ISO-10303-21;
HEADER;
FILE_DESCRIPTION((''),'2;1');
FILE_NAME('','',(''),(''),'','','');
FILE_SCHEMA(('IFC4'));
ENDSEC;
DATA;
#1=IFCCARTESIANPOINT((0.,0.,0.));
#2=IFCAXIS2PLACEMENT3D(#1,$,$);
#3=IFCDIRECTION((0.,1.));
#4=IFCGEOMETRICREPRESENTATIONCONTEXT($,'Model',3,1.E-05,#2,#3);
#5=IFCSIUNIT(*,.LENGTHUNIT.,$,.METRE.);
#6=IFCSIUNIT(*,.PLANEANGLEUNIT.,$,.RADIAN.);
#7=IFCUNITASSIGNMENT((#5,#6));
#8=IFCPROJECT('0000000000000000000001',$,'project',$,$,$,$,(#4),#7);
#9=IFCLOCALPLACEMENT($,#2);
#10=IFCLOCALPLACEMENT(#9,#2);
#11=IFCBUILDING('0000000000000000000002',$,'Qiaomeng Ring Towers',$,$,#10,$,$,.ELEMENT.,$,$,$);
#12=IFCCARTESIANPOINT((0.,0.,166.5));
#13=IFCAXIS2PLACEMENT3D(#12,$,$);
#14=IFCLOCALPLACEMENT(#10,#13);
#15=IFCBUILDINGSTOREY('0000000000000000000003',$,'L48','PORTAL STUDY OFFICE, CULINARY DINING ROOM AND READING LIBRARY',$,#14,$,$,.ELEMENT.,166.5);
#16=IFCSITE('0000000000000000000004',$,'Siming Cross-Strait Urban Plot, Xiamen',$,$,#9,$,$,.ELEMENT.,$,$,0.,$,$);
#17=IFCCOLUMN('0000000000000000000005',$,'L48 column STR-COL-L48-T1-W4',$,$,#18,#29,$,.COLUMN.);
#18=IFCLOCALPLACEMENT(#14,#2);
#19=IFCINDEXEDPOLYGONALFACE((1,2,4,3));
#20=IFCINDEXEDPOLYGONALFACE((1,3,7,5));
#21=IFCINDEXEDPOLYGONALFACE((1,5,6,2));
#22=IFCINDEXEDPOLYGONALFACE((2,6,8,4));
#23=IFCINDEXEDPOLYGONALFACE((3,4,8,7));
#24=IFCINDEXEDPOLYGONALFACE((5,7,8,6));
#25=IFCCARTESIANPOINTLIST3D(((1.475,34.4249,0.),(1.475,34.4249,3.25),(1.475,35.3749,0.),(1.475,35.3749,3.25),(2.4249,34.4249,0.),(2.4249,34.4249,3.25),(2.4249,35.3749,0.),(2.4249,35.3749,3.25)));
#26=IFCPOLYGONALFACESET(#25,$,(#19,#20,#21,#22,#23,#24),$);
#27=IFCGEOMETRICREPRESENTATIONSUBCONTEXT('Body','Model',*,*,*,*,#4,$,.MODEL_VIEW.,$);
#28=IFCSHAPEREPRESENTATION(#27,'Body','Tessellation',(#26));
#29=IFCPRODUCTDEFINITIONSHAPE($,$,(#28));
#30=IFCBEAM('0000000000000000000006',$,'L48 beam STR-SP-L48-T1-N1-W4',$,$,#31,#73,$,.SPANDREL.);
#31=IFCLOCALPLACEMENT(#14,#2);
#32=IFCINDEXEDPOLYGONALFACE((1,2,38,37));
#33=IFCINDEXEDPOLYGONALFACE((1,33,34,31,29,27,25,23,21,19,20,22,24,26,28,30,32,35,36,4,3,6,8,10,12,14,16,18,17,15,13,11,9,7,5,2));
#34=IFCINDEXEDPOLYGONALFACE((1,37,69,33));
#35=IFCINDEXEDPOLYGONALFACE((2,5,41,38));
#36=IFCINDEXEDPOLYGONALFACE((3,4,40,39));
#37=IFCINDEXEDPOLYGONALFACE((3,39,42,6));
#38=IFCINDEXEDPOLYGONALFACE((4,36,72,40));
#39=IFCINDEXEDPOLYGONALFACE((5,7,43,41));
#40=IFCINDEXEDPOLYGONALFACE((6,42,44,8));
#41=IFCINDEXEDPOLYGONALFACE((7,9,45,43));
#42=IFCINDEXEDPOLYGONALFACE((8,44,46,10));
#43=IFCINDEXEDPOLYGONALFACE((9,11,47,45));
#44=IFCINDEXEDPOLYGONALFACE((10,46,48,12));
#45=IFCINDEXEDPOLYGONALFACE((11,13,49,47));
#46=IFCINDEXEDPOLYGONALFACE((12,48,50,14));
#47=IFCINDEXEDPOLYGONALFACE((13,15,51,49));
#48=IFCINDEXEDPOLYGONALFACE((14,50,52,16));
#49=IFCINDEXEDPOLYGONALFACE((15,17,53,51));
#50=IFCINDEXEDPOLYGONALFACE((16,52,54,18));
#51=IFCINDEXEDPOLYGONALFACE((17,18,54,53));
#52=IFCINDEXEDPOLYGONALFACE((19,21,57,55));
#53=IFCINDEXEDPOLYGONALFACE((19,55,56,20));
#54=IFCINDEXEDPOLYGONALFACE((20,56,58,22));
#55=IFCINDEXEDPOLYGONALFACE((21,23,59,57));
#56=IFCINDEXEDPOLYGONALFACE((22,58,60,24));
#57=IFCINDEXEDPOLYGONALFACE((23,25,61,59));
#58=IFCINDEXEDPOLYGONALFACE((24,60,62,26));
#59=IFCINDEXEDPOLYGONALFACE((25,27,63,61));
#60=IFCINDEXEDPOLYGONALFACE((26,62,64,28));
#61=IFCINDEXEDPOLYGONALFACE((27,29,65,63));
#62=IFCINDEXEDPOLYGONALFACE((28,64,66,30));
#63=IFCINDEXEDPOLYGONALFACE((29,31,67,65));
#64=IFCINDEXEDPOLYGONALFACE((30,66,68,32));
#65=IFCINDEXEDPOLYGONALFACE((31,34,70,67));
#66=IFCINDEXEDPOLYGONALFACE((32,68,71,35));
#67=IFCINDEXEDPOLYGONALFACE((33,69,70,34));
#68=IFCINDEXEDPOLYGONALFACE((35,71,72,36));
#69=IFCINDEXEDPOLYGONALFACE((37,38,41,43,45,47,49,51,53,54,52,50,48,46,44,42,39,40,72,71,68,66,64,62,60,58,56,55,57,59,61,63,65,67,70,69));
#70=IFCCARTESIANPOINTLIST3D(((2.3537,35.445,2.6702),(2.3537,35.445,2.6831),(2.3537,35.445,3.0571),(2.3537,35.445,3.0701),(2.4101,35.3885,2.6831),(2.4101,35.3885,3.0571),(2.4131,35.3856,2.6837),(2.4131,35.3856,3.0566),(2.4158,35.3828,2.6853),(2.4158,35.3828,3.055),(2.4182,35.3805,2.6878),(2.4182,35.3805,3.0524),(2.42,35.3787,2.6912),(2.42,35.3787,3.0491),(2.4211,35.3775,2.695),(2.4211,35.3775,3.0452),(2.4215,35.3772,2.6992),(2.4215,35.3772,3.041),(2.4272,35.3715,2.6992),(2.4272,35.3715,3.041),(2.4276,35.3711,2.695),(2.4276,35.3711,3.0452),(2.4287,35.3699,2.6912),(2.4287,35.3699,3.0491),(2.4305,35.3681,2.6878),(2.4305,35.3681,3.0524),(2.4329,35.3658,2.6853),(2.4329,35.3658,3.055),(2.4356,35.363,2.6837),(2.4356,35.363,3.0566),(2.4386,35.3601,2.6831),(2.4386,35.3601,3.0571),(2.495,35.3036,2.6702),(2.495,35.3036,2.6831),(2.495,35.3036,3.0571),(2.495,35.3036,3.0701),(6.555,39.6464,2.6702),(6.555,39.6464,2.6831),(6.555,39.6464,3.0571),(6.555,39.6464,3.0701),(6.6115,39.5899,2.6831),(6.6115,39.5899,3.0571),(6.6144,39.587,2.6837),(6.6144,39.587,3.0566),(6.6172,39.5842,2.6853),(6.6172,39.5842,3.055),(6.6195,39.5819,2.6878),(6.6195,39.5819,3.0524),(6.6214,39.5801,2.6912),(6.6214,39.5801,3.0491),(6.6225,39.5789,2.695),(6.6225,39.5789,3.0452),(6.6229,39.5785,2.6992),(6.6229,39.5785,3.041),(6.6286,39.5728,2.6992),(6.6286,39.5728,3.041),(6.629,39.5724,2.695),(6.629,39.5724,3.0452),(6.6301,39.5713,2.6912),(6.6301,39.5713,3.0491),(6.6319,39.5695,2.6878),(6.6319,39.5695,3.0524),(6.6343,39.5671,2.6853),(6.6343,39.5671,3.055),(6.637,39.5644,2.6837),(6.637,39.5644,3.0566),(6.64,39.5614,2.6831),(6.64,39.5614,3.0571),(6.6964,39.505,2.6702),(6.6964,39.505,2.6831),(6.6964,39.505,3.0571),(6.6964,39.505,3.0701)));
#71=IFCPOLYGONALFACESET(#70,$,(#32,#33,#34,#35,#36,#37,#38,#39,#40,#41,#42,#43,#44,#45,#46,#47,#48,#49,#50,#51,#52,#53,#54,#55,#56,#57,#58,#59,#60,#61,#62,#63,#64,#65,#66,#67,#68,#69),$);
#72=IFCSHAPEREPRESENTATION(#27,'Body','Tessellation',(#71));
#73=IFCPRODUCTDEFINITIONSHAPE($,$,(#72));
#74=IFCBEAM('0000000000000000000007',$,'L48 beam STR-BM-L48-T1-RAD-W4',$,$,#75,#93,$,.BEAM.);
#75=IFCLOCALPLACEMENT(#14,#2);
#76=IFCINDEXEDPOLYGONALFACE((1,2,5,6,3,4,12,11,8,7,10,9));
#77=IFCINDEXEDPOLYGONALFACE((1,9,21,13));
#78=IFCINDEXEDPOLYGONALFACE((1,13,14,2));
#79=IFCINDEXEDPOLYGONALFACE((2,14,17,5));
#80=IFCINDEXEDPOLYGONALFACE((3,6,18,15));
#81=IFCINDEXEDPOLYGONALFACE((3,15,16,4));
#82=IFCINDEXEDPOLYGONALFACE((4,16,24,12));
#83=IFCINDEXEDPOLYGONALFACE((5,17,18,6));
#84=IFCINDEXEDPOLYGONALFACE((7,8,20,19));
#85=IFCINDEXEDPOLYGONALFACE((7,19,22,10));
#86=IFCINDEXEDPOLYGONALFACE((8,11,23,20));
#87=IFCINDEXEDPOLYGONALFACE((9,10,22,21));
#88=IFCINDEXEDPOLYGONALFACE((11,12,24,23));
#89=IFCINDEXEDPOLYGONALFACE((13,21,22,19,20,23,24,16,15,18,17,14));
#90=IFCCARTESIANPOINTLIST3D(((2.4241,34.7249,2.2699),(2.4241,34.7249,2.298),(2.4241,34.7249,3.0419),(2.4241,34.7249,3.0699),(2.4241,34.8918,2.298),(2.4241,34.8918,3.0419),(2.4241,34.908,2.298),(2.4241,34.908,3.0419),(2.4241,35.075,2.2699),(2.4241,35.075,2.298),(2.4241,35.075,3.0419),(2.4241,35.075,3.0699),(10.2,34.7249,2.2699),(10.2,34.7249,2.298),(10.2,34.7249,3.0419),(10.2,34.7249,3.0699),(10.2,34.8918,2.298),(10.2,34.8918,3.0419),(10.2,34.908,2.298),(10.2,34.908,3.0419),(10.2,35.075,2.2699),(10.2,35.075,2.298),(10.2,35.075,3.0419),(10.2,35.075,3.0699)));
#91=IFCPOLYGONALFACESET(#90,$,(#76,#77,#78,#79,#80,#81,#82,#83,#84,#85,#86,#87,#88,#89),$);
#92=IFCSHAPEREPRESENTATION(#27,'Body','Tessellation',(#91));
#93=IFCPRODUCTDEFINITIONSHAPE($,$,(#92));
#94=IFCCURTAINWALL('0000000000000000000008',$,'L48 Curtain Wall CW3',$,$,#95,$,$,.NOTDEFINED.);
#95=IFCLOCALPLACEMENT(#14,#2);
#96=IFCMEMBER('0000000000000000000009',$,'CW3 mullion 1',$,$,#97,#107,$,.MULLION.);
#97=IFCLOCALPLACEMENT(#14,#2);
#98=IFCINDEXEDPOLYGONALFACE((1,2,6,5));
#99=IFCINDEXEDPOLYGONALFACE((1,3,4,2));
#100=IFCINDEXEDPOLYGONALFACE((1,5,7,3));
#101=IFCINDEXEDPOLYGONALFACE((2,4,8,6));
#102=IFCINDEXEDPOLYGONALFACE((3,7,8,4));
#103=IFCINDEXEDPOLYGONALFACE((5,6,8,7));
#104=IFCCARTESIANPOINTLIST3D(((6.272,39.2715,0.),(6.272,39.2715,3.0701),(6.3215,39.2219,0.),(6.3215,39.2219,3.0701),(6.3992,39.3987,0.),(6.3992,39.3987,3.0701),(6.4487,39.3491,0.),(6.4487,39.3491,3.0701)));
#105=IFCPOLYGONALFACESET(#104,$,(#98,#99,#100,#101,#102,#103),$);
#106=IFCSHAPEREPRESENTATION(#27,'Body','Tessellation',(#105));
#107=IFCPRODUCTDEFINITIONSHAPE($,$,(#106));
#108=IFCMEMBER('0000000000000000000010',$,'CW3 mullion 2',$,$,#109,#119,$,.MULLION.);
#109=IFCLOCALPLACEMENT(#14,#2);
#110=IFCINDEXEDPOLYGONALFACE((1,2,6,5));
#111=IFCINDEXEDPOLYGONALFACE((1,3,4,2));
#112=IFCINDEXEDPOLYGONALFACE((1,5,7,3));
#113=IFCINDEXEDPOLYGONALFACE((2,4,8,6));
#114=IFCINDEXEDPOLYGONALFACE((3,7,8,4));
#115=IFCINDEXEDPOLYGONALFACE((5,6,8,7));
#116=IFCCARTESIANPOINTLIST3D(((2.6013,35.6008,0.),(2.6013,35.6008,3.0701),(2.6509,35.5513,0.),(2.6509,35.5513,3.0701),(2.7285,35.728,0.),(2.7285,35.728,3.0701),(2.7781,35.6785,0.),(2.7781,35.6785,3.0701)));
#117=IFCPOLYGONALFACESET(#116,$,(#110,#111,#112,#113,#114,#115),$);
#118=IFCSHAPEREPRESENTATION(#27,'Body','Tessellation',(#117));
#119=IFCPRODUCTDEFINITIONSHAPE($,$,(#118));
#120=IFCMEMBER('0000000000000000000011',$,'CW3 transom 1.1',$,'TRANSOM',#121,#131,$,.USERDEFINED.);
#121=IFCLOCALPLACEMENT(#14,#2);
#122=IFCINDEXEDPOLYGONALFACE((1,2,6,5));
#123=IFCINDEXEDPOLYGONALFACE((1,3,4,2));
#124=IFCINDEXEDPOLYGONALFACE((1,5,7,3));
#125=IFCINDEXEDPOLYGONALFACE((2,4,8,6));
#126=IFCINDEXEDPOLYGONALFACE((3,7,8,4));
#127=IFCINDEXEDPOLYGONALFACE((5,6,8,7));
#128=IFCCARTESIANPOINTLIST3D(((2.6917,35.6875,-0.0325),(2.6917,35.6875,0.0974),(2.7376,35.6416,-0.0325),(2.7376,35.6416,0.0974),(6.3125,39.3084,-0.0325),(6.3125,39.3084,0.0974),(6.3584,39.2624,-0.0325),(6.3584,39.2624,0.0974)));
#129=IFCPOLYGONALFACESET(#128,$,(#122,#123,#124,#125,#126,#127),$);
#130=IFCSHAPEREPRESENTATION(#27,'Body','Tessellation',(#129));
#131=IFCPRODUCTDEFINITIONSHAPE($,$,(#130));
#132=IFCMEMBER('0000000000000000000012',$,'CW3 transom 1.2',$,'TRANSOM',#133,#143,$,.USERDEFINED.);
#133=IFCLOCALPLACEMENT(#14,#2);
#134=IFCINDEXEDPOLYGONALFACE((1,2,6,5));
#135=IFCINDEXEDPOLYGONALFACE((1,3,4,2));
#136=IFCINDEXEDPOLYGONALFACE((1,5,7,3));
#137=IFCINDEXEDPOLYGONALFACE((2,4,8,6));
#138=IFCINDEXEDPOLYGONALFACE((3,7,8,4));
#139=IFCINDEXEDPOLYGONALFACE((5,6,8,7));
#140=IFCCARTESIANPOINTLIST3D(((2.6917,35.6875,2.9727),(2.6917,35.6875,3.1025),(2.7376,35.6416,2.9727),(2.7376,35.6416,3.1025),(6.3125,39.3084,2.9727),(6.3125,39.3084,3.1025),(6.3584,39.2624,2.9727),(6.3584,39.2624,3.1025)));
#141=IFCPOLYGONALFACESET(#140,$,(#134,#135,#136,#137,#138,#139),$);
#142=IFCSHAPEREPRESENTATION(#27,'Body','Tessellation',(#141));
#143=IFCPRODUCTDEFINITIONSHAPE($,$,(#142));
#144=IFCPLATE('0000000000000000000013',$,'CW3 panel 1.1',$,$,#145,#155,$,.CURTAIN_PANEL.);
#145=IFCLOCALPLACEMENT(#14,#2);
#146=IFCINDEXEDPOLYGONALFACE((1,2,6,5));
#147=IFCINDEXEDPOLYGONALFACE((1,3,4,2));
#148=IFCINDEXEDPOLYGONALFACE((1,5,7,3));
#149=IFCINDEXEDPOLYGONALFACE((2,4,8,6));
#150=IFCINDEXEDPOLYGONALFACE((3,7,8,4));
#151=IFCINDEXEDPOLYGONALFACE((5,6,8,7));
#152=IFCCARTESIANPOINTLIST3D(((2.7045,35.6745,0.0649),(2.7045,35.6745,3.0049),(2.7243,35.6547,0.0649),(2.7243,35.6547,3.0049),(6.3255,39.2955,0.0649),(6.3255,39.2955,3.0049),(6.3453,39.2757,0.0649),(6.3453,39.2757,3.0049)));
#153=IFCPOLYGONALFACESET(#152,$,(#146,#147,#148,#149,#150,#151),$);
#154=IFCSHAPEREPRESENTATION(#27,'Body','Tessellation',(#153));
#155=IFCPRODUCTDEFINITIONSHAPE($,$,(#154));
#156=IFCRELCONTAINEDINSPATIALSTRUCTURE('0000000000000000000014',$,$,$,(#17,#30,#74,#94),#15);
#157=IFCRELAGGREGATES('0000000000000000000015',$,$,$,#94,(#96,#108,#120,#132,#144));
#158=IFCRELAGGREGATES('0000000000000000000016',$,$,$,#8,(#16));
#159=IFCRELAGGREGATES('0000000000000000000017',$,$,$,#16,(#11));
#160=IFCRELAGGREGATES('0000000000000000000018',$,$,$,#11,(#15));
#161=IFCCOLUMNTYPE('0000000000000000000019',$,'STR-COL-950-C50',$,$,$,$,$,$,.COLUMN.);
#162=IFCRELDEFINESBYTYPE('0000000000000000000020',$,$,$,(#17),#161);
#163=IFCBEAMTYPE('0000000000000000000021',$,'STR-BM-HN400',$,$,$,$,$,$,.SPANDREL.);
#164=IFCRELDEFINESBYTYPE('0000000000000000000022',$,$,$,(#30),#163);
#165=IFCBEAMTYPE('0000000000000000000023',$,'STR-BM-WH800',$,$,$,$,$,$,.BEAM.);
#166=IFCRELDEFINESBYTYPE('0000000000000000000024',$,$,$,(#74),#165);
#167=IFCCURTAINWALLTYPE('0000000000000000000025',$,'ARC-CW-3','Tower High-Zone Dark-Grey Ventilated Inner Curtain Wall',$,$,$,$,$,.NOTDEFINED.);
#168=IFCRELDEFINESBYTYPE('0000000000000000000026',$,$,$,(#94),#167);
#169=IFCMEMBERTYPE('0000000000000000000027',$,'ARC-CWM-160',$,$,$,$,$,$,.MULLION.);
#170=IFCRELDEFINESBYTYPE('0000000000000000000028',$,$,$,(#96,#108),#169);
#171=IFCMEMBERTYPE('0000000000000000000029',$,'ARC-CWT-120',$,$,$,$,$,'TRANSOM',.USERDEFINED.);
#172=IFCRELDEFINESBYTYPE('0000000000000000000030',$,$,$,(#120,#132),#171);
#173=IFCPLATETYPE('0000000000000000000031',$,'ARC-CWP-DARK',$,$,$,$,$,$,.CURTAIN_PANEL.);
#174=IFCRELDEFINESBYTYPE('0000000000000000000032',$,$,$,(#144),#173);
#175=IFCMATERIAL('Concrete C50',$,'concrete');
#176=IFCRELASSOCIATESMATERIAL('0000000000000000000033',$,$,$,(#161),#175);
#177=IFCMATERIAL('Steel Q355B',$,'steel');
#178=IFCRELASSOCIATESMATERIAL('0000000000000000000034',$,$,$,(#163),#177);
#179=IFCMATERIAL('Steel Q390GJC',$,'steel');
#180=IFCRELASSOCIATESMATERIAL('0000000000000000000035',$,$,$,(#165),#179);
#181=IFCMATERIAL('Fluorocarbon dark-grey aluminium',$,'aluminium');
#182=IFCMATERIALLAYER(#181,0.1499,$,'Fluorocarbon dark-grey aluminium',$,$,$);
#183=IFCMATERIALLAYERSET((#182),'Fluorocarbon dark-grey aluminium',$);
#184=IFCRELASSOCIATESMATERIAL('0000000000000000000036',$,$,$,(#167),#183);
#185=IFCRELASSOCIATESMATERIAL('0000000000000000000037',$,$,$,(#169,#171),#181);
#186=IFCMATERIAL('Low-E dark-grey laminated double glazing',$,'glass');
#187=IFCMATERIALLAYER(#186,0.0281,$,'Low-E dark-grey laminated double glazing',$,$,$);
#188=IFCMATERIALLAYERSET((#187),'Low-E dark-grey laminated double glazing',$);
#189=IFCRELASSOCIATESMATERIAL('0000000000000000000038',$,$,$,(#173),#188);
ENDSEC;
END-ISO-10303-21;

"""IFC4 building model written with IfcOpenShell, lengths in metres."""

from ifc_helpers import new_model, si_unit, direction, frame, origin, origin_2d, place, context, subcontext, project, spatial, rectangle, i_section, extrude, source, transform, mapped, material, layer, layer_set, material_profile, profile_set, type_object, element, aggregate, save


model = new_model("IFC4")

# Units and contexts
model_context = context("Model", 3, precision=1e-05, world=origin(), true_north=direction((0.0, 1.0)))
body_context = subcontext(model_context, "Body", "Model", "MODEL_VIEW")
ifc_project = project(units=[si_unit("LENGTHUNIT", "METRE"), si_unit("PLANEANGLEUNIT", "RADIAN")], contexts=[model_context])

# Site, building, storey
site_placement = place(None, origin())
site = spatial("IfcSite", under=ifc_project, at=site_placement, Name="Siming Cross-Strait Urban Plot, Xiamen", CompositionType="ELEMENT", RefElevation=0.0)
building_placement = place(site_placement, origin())
building = spatial("IfcBuilding", under=site, at=building_placement, Name="Qiaomeng Ring Towers", CompositionType="ELEMENT")
storey_placement = place(building_placement, frame((0.0, 0.0, 166.5)))
storey = spatial("IfcBuildingStorey", under=building, at=storey_placement, Name="L48", Description="PORTAL STUDY OFFICE, CULINARY DINING ROOM AND READING LIBRARY", CompositionType="ELEMENT", Elevation=166.5)

# Column
ifc_material_1 = material(Name="Concrete C50", Category="concrete")
ifc_material_profile_1 = material_profile(ifc_material_1, rectangle(XDim=0.95, YDim=0.95, at=origin_2d()), Name="RC COL 950x950")
ifc_profile_set_1 = profile_set([ifc_material_profile_1], Name="Concrete C50")
column_type = type_object("IfcColumnType", Name="STR-COL-950-C50", PredefinedType="COLUMN", material=ifc_profile_set_1)
shared_shape_1 = source(origin(), body_context, "Body", "SweptSolid", [
    extrude(rectangle(XDim=0.95, YDim=0.95, at=origin_2d()), origin(), (0.0, 0.0, 1.0), 3.25),
])
column_placement = place(storey_placement, frame((1.95, 34.8999, 0.0), z_axis=(0.0, 0.0, 1.0), x_axis=(1.0, 0.0, 0.0)))
element("IfcColumn", 1, at=column_placement, inside=storey, type_object=column_type, Name="L48 column STR-COL-L48-T1-W4", PredefinedType="COLUMN", context=body_context, shape_type="MappedRepresentation", body=[
    mapped(shared_shape_1, transform((0.0, 0.0, 0.0), x_axis=(1.0, 0.0, 0.0), y_axis=(0.0, 1.0, 0.0), z_axis=(0.0, 0.0, 1.0), scale=1.0)),
])

# Beams
ifc_material_2 = material(Name="Steel Q355B", Category="steel")
ifc_material_profile_2 = material_profile(ifc_material_2, i_section(OverallWidth=0.2, OverallDepth=0.3999, WebThickness=0.0081, FlangeThickness=0.0129, FilletRadius=0.0161, at=origin_2d()), Name="HN 400x200x8x13")
ifc_profile_set_2 = profile_set([ifc_material_profile_2], Name="Steel Q355B")
beam_type_1 = type_object("IfcBeamType", Name="STR-BM-HN400", PredefinedType="SPANDREL", material=ifc_profile_set_2)
shared_shape_2 = source(origin(), body_context, "Body", "SweptSolid", [
    extrude(i_section(OverallWidth=0.2, OverallDepth=0.3999, WebThickness=0.0081, FlangeThickness=0.0129, FilletRadius=0.0161, at=origin_2d()), origin(), (0.0, 0.0, 1.0), 5.9417),
])
beam_1_placement = place(storey_placement, frame((6.6257, 39.5757, 2.8701), z_axis=(-0.707107, -0.707107, 0.0), x_axis=(0.707107, -0.707107, 0.0)))
element("IfcBeam", 2, at=beam_1_placement, inside=storey, type_object=beam_type_1, Name="L48 beam STR-SP-L48-T1-N1-W4", PredefinedType="SPANDREL", context=body_context, shape_type="MappedRepresentation", body=[
    mapped(shared_shape_2, transform((0.0, 0.0, 0.0), x_axis=(1.0, 0.0, 0.0), y_axis=(0.0, 1.0, 0.0), z_axis=(0.0, 0.0, 1.0), scale=1.0)),
])
ifc_material_3 = material(Name="Steel Q390GJC", Category="steel")
ifc_material_profile_3 = material_profile(ifc_material_3, i_section(OverallWidth=0.3501, OverallDepth=0.8, WebThickness=0.0161, FlangeThickness=0.0281, at=origin_2d()), Name="WH 800x350x16x28")
ifc_profile_set_3 = profile_set([ifc_material_profile_3], Name="Steel Q390GJC")
beam_type_2 = type_object("IfcBeamType", Name="STR-BM-WH800", PredefinedType="BEAM", material=ifc_profile_set_3)
shared_shape_3 = source(origin(), body_context, "Body", "SweptSolid", [
    extrude(i_section(OverallWidth=0.3501, OverallDepth=0.8, WebThickness=0.0161, FlangeThickness=0.0281, at=origin_2d()), origin(), (0.0, 0.0, 1.0), 7.7759),
])
beam_2_placement = place(storey_placement, frame((2.4241, 34.8999, 2.6699), z_axis=(1.0, 0.0, 0.0), x_axis=(0.0, 1.0, 0.0)))
element("IfcBeam", 3, at=beam_2_placement, inside=storey, type_object=beam_type_2, Name="L48 beam STR-BM-L48-T1-RAD-W4", PredefinedType="BEAM", context=body_context, shape_type="MappedRepresentation", body=[
    mapped(shared_shape_3, transform((0.0, 0.0, 0.0), x_axis=(1.0, 0.0, 0.0), y_axis=(0.0, 1.0, 0.0), z_axis=(0.0, 0.0, 1.0), scale=1.0)),
])

# Curtain wall, members, plate
ifc_material_4 = material(Name="Fluorocarbon dark-grey aluminium", Category="aluminium")
ifc_layer_1 = layer(ifc_material_4, 0.1499, Name="Fluorocarbon dark-grey aluminium")
ifc_layer_set_1 = layer_set([ifc_layer_1], Name="Fluorocarbon dark-grey aluminium")
curtain_wall_type = type_object("IfcCurtainWallType", Name="ARC-CW-3", Description="Tower High-Zone Dark-Grey Ventilated Inner Curtain Wall", PredefinedType="NOTDEFINED", material=ifc_layer_set_1)
curtain_wall_placement = place(storey_placement, origin())
curtain_wall = element("IfcCurtainWall", 4, at=curtain_wall_placement, inside=storey, type_object=curtain_wall_type, Name="L48 Curtain Wall CW3", PredefinedType="NOTDEFINED")
ifc_material_profile_4 = material_profile(ifc_material_4, rectangle(XDim=0.0701, YDim=0.1799, at=origin_2d()), Name="ALU MULL 70x180")
ifc_profile_set_4 = profile_set([ifc_material_profile_4], Name="Fluorocarbon dark-grey aluminium")
member_type_1 = type_object("IfcMemberType", Name="ARC-CWM-160", PredefinedType="MULLION", material=ifc_profile_set_4)
shared_shape_4 = source(origin(), body_context, "Body", "SweptSolid", [
    extrude(rectangle(XDim=0.0701, YDim=0.1799, at=origin_2d()), origin(), (0.0, 0.0, 1.0), 3.0701),
])
member_1_placement = place(storey_placement, frame((6.3604, 39.3103, 0.0), z_axis=(0.0, 0.0, 1.0), x_axis=(0.707107, -0.707107, 0.0)))
member_1 = element("IfcMember", 5, at=member_1_placement, type_object=member_type_1, Name="CW3 mullion 1", PredefinedType="MULLION", context=body_context, shape_type="MappedRepresentation", body=[
    mapped(shared_shape_4, transform((0.0, 0.0, 0.0), x_axis=(1.0, 0.0, 0.0), y_axis=(0.0, 1.0, 0.0), z_axis=(0.0, 0.0, 1.0), scale=1.0)),
])
member_2_placement = place(storey_placement, frame((2.6897, 35.6396, 0.0), z_axis=(0.0, 0.0, 1.0), x_axis=(0.707107, -0.707107, 0.0)))
member_2 = element("IfcMember", 6, at=member_2_placement, type_object=member_type_1, Name="CW3 mullion 2", PredefinedType="MULLION", context=body_context, shape_type="MappedRepresentation", body=[
    mapped(shared_shape_4, transform((0.0, 0.0, 0.0), x_axis=(1.0, 0.0, 0.0), y_axis=(0.0, 1.0, 0.0), z_axis=(0.0, 0.0, 1.0), scale=1.0)),
])
ifc_material_profile_5 = material_profile(ifc_material_4, rectangle(XDim=0.0649, YDim=0.1299, at=origin_2d()), Name="ALU TRAN 65x130")
ifc_profile_set_5 = profile_set([ifc_material_profile_5], Name="Fluorocarbon dark-grey aluminium")
member_type_2 = type_object("IfcMemberType", Name="ARC-CWT-120", ElementType="TRANSOM", PredefinedType="USERDEFINED", material=ifc_profile_set_5)
shared_shape_5 = source(origin(), body_context, "Body", "SweptSolid", [
    extrude(rectangle(XDim=0.0649, YDim=0.1299, at=origin_2d()), origin(), (0.0, 0.0, 1.0), 5.1206),
])
member_3_placement = place(storey_placement, frame((6.3354, 39.2854, 0.0325), z_axis=(-0.707107, -0.707107, 0.0), x_axis=(0.707107, -0.707107, 0.0)))
member_3 = element("IfcMember", 7, at=member_3_placement, type_object=member_type_2, Name="CW3 transom 1.1", ObjectType="TRANSOM", PredefinedType="USERDEFINED", context=body_context, shape_type="MappedRepresentation", body=[
    mapped(shared_shape_5, transform((0.0, 0.0, 0.0), x_axis=(1.0, 0.0, 0.0), y_axis=(0.0, 1.0, 0.0), z_axis=(0.0, 0.0, 1.0), scale=1.0)),
])
member_4_placement = place(storey_placement, frame((6.3354, 39.2854, 3.0376), z_axis=(-0.707107, -0.707107, 0.0), x_axis=(0.707107, -0.707107, 0.0)))
member_4 = element("IfcMember", 8, at=member_4_placement, type_object=member_type_2, Name="CW3 transom 1.2", ObjectType="TRANSOM", PredefinedType="USERDEFINED", context=body_context, shape_type="MappedRepresentation", body=[
    mapped(shared_shape_5, transform((0.0, 0.0, 0.0), x_axis=(1.0, 0.0, 0.0), y_axis=(0.0, 1.0, 0.0), z_axis=(0.0, 0.0, 1.0), scale=1.0)),
])
ifc_material_5 = material(Name="Low-E dark-grey laminated double glazing", Category="glass")
ifc_layer_2 = layer(ifc_material_5, 0.0281, Name="Low-E dark-grey laminated double glazing")
ifc_layer_set_2 = layer_set([ifc_layer_2], Name="Low-E dark-grey laminated double glazing")
plate_type = type_object("IfcPlateType", Name="ARC-CWP-DARK", PredefinedType="CURTAIN_PANEL", material=ifc_layer_set_2)
shared_shape_6 = source(origin(), body_context, "Body", "SweptSolid", [
    extrude(rectangle(XDim=5.1208, YDim=0.0281, at=origin_2d()), origin(), (0.0, 0.0, 1.0), 2.9399),
])
plate_placement = place(storey_placement, frame((4.5249, 37.4751, 0.0649), z_axis=(0.0, 0.0, 1.0), x_axis=(-0.707107, -0.707107, 0.0)))
plate = element("IfcPlate", 9, at=plate_placement, type_object=plate_type, Name="CW3 panel 1.1", PredefinedType="CURTAIN_PANEL", context=body_context, shape_type="MappedRepresentation", body=[
    mapped(shared_shape_6, transform((0.0, 0.0, 0.0), x_axis=(1.0, 0.0, 0.0), y_axis=(0.0, 1.0, 0.0), z_axis=(0.0, 0.0, 1.0), scale=1.0)),
])
aggregate(curtain_wall, [member_1, member_2, member_3, member_4, plate])

save(model, "model.ifc")
